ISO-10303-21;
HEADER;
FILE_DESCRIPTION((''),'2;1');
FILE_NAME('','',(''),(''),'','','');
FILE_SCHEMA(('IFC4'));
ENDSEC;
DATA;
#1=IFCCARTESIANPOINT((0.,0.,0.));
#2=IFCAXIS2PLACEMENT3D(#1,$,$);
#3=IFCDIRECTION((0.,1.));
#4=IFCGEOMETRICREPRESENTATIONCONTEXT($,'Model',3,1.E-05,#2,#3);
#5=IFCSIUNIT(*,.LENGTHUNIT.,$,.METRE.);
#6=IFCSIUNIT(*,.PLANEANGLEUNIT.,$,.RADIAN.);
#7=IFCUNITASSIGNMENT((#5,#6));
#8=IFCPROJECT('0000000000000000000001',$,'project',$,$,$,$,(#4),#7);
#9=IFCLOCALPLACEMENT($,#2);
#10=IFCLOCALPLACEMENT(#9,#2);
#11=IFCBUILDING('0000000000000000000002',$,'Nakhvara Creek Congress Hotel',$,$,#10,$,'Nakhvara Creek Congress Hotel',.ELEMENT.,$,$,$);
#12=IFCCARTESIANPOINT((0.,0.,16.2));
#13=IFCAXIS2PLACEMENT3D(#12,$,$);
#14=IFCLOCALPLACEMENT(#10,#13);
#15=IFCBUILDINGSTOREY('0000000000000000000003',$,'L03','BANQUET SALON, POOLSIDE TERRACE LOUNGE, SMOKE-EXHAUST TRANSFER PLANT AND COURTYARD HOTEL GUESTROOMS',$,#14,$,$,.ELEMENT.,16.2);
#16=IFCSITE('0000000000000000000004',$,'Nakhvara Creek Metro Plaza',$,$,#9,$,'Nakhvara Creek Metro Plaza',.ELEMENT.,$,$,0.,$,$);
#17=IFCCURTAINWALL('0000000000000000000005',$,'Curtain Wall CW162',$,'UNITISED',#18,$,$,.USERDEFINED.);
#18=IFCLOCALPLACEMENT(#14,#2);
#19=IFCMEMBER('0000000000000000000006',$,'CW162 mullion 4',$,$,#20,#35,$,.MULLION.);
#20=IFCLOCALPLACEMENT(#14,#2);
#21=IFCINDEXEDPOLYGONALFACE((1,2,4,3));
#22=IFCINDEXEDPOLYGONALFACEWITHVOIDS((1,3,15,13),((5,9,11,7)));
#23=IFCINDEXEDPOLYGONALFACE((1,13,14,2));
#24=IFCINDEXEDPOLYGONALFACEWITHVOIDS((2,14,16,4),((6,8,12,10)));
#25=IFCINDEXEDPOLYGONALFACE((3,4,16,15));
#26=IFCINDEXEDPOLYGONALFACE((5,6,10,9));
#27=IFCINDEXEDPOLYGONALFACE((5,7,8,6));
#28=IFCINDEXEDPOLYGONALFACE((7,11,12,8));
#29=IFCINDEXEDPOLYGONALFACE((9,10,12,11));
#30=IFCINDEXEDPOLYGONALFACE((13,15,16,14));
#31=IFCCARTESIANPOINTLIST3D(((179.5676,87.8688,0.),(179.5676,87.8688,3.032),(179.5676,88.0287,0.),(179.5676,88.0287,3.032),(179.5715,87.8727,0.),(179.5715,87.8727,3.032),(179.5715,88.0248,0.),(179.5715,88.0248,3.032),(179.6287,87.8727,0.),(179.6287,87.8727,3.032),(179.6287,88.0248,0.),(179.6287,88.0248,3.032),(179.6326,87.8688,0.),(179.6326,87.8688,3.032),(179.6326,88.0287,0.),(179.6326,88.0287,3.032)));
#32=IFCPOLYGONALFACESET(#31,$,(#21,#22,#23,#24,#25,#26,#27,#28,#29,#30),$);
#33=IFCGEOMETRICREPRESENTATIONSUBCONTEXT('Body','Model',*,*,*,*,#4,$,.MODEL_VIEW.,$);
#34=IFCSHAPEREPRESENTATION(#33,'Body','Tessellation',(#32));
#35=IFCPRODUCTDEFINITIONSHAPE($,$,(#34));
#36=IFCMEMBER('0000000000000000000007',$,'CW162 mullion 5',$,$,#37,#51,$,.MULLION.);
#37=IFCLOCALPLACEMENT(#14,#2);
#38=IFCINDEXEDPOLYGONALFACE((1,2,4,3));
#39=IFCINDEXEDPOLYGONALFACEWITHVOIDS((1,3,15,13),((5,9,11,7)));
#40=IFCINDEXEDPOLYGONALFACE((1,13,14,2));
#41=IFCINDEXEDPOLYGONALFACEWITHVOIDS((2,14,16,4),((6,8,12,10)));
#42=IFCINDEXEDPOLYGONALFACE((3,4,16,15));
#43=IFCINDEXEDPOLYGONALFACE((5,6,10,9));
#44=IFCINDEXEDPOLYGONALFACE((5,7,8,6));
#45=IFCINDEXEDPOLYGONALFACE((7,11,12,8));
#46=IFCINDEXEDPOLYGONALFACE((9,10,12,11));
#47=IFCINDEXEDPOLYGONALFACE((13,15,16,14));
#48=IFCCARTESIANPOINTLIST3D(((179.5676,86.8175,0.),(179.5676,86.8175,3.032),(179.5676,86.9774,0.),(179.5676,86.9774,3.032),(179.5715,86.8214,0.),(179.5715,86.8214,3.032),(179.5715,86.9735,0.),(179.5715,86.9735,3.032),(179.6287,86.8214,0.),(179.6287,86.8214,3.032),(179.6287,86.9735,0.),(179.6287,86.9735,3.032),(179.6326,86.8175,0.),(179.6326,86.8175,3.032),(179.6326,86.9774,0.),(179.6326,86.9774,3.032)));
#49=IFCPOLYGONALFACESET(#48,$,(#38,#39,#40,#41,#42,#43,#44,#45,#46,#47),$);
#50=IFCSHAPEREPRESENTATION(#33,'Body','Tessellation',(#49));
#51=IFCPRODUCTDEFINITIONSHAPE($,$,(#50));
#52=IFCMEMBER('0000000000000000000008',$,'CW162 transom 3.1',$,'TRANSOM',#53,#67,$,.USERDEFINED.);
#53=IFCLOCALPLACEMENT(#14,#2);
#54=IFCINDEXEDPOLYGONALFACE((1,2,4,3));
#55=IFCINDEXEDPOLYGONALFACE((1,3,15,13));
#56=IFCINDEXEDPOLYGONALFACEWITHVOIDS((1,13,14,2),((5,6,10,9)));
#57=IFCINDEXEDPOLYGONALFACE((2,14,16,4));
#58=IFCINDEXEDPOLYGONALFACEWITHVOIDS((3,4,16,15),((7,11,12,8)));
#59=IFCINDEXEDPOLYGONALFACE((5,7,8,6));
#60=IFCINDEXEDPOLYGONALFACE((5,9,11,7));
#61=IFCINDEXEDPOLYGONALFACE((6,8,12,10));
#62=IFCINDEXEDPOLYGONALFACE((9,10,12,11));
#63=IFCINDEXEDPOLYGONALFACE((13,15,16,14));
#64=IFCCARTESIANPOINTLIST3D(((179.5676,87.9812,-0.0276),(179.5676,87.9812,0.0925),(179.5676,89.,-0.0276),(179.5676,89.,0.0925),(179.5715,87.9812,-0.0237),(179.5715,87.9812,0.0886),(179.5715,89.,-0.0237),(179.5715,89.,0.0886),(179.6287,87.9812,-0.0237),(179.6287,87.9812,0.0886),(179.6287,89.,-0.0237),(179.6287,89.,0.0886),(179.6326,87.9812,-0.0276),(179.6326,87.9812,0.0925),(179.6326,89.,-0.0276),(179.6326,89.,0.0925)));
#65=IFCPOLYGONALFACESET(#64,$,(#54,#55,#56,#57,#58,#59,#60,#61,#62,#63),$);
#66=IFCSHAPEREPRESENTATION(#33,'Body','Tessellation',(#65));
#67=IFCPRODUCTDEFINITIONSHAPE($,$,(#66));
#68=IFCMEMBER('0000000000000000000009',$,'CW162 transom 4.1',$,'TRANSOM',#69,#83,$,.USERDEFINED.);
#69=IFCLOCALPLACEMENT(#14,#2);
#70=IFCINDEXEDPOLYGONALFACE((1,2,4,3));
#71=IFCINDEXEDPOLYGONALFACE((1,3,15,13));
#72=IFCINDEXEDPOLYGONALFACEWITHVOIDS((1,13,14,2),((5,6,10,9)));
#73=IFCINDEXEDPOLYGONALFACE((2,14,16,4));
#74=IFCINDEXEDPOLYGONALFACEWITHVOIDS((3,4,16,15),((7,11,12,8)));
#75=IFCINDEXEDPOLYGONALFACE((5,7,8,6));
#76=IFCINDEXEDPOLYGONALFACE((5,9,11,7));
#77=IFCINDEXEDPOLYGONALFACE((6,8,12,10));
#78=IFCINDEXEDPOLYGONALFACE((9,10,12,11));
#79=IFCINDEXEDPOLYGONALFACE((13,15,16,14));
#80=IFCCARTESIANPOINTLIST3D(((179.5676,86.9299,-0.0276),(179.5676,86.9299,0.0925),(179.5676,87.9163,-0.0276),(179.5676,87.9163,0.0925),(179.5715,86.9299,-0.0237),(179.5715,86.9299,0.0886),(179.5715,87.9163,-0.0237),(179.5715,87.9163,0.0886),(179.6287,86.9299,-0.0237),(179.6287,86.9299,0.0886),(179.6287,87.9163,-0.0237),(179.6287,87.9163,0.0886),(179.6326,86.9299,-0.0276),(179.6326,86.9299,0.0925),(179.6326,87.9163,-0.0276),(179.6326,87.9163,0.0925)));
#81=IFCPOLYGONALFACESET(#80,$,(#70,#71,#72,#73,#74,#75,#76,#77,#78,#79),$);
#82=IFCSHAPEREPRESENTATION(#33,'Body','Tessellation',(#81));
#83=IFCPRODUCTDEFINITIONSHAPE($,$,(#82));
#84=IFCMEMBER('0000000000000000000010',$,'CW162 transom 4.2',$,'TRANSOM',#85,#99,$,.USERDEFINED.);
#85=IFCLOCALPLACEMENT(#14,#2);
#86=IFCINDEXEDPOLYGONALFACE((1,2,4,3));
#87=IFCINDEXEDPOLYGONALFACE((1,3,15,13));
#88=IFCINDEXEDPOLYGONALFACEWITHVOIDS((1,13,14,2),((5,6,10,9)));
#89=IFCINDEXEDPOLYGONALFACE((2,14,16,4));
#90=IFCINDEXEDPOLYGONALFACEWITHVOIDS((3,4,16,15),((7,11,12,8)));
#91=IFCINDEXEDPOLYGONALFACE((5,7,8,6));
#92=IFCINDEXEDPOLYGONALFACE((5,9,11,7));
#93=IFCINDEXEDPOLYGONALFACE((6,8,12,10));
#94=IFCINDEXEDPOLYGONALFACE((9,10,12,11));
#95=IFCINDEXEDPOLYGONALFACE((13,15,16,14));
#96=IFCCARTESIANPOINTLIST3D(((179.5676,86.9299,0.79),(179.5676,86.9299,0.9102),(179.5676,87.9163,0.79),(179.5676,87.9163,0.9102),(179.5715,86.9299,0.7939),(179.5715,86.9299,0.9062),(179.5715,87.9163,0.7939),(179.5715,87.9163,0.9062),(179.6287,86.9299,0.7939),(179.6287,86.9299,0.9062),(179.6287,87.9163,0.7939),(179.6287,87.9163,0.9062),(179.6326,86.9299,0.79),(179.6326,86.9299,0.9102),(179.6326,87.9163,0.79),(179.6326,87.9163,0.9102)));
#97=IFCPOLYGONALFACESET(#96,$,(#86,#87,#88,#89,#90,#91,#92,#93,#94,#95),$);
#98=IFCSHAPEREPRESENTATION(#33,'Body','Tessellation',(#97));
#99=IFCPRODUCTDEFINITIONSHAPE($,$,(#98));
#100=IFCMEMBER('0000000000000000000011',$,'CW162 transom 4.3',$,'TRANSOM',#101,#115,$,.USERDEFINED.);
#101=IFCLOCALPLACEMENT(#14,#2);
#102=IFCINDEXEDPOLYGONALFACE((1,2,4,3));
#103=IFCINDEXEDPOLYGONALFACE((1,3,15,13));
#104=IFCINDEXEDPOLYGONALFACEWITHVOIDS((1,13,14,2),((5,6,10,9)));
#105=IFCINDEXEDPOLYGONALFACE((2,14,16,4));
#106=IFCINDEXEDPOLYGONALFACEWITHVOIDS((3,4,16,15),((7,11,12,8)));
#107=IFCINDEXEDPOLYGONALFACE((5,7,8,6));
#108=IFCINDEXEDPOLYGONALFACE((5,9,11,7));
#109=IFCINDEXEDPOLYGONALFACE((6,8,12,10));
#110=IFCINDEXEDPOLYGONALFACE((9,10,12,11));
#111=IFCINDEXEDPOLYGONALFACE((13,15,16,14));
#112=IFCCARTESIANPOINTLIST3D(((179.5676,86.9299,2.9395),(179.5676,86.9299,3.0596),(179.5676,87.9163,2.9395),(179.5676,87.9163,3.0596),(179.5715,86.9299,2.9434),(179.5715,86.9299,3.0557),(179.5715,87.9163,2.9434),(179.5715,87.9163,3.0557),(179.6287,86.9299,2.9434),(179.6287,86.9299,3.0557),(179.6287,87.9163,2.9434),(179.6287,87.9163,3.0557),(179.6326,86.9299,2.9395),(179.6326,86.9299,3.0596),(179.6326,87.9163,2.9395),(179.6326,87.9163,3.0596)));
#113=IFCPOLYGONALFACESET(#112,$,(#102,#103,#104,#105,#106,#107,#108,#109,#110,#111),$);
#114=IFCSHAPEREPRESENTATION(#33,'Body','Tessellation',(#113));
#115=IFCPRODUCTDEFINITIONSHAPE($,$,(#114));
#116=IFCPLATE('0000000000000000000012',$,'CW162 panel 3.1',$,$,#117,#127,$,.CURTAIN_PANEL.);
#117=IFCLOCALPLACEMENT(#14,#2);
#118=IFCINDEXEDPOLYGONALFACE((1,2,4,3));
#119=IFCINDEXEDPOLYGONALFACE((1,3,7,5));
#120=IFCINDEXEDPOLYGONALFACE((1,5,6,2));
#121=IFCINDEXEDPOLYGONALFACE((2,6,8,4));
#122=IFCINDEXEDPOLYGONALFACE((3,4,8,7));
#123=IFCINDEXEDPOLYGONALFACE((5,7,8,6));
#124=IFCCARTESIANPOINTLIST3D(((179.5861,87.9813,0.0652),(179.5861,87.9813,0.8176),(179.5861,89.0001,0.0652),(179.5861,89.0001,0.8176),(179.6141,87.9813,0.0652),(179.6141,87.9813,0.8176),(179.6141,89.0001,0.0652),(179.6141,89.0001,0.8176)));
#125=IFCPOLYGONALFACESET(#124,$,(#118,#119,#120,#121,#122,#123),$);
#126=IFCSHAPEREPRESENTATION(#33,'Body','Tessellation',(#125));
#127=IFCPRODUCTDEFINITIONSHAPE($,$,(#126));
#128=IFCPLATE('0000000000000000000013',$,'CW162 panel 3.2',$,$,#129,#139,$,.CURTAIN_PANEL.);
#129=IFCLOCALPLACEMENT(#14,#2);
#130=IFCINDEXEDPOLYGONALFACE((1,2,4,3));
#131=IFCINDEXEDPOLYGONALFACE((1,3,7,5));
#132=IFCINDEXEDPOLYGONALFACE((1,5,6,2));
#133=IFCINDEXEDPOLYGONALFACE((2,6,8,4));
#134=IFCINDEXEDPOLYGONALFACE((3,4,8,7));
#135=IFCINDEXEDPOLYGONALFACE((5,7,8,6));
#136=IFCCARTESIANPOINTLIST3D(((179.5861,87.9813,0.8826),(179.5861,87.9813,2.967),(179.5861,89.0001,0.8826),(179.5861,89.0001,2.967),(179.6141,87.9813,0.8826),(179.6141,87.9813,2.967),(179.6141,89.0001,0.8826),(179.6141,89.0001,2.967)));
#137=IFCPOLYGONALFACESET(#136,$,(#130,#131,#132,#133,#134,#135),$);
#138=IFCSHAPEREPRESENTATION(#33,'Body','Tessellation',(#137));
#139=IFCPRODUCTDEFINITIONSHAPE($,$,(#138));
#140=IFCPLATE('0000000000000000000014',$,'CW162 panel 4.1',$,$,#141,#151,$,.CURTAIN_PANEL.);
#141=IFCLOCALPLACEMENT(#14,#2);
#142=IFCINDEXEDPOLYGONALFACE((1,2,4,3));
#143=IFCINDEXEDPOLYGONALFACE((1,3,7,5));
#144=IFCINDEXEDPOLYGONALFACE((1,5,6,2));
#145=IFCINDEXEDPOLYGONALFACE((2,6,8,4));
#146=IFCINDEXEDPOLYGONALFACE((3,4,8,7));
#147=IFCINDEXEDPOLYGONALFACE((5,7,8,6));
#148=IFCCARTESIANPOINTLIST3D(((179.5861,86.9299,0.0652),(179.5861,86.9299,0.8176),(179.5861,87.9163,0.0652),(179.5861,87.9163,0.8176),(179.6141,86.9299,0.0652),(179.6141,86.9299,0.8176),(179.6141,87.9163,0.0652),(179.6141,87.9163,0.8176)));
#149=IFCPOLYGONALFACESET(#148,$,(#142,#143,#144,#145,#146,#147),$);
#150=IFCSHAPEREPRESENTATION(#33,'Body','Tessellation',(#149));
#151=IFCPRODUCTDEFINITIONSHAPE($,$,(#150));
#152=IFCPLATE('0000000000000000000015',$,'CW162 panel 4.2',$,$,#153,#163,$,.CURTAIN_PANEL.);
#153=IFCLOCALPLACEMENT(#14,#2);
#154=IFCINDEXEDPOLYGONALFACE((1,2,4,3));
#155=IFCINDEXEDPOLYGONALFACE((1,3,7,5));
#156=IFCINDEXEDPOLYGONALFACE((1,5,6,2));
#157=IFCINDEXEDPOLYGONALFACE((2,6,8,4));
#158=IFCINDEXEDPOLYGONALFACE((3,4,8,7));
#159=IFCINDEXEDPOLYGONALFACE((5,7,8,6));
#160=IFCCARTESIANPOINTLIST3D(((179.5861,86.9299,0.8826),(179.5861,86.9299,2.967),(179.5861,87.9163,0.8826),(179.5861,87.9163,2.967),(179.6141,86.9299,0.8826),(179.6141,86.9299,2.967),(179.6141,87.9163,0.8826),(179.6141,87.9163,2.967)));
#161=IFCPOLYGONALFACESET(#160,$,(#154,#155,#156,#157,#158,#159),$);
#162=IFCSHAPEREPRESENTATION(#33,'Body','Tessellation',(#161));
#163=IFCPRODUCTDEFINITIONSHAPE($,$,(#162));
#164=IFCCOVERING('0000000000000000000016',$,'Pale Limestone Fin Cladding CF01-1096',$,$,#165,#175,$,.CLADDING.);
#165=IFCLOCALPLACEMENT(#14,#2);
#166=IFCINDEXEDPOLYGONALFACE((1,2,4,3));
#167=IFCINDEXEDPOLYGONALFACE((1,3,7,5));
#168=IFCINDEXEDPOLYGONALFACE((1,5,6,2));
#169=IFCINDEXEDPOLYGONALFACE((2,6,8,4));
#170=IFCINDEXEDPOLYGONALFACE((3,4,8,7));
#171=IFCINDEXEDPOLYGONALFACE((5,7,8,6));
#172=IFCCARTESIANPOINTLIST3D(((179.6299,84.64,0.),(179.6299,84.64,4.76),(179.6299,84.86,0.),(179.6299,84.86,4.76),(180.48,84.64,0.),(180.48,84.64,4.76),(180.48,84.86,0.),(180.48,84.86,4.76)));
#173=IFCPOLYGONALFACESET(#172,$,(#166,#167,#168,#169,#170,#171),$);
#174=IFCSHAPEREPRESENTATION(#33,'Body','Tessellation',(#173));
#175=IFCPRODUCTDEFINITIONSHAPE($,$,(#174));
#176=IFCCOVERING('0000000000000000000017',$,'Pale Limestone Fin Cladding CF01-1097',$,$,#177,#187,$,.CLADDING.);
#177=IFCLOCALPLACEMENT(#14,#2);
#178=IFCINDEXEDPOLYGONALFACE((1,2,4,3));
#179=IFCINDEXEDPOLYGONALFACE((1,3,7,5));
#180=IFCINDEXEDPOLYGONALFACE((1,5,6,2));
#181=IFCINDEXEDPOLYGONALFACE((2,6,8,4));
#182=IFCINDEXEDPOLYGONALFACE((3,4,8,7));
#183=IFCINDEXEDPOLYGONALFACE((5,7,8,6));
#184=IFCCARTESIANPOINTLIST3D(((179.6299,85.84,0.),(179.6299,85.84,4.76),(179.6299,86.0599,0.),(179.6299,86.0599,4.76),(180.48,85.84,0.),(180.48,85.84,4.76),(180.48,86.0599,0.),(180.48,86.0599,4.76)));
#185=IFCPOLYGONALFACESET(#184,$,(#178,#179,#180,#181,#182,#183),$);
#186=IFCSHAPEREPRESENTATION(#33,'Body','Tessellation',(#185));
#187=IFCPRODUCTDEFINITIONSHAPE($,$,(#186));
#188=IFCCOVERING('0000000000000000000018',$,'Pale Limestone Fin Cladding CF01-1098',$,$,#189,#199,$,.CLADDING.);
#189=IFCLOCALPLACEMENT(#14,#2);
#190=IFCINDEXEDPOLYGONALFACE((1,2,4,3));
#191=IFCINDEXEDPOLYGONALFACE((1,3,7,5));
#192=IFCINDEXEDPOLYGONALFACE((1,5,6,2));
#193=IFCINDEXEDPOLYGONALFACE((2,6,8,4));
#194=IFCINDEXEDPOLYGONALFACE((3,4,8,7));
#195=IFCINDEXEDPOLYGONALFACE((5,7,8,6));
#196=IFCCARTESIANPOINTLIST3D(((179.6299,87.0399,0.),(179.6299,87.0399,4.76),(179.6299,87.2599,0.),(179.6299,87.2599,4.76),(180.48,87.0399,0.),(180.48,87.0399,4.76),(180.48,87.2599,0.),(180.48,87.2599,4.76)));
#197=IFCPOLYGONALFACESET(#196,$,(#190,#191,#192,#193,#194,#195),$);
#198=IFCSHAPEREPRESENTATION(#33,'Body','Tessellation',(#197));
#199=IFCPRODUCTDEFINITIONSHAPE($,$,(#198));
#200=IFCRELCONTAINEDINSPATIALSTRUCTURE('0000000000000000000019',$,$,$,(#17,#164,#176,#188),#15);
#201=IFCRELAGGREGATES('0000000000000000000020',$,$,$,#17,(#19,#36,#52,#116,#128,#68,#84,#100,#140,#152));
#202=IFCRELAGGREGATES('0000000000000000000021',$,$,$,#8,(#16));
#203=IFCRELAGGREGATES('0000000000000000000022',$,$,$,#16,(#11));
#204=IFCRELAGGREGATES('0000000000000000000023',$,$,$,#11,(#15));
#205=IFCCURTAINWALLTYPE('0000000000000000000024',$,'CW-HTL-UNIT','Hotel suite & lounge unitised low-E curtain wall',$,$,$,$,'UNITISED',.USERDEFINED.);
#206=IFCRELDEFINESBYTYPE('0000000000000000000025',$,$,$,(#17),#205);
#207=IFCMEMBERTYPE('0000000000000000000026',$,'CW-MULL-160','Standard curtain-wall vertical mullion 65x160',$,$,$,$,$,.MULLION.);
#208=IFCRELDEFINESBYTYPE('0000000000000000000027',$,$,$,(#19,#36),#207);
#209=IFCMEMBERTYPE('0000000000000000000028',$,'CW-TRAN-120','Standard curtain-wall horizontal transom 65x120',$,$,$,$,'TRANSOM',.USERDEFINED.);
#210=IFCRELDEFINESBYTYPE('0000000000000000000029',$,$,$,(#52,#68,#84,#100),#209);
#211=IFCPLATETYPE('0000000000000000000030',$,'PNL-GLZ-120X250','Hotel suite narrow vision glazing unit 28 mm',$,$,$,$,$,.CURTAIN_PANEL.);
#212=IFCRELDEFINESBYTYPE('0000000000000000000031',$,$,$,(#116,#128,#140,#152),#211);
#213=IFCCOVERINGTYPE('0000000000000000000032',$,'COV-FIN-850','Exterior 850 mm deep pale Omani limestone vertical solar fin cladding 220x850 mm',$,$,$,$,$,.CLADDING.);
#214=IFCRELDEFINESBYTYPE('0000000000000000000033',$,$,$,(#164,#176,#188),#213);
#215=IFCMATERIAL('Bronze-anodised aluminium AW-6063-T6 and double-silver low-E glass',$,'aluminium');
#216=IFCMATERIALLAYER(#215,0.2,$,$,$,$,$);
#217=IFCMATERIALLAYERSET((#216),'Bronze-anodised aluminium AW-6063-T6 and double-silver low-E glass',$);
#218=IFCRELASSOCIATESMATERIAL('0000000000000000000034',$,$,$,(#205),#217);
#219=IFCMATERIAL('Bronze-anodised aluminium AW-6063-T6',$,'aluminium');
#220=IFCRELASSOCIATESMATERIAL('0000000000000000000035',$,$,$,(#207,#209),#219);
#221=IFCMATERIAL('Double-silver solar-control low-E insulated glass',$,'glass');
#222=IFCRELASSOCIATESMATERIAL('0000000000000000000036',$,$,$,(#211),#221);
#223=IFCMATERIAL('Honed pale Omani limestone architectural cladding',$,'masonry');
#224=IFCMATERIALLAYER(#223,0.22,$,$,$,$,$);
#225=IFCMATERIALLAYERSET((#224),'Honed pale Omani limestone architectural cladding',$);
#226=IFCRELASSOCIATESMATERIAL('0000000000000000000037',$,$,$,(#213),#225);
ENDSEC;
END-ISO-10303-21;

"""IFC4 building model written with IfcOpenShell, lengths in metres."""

from ifc_helpers import new_model, si_unit, direction, frame, origin, origin_2d, place, context, subcontext, project, spatial, rectangle, hollow_rectangle, extrude, material, layer, layer_set, material_profile, profile_set, type_object, element, aggregate, save


model = new_model("IFC4")

# Units and contexts
model_context = context("Model", 3, precision=1e-05, world=origin(), true_north=direction((0.0, 1.0)))
body_context = subcontext(model_context, "Body", "Model", "MODEL_VIEW")
ifc_project = project(units=[si_unit("LENGTHUNIT", "METRE"), si_unit("PLANEANGLEUNIT", "RADIAN")], contexts=[model_context])

# Site, building, storey
site_placement = place(None, origin())
site = spatial("IfcSite", under=ifc_project, at=site_placement, Name="Nakhvara Creek Metro Plaza", LongName="Nakhvara Creek Metro Plaza", CompositionType="ELEMENT", RefElevation=0.0)
building_placement = place(site_placement, origin())
building = spatial("IfcBuilding", under=site, at=building_placement, Name="Nakhvara Creek Congress Hotel", LongName="Nakhvara Creek Congress Hotel", CompositionType="ELEMENT")
storey_placement = place(building_placement, frame((0.0, 0.0, 16.2)))
storey = spatial("IfcBuildingStorey", under=building, at=storey_placement, Name="L03", Description="BANQUET SALON, POOLSIDE TERRACE LOUNGE, SMOKE-EXHAUST TRANSFER PLANT AND COURTYARD HOTEL GUESTROOMS", CompositionType="ELEMENT", Elevation=16.2)

# Curtain wall, members, plates
ifc_material_1 = material(Name="Bronze-anodised aluminium AW-6063-T6 and double-silver low-E glass", Category="aluminium")
ifc_layer_1 = layer(ifc_material_1, 0.2)
ifc_layer_set_1 = layer_set([ifc_layer_1], Name="Bronze-anodised aluminium AW-6063-T6 and double-silver low-E glass")
curtain_wall_type = type_object("IfcCurtainWallType", Name="CW-HTL-UNIT", Description="Hotel suite & lounge unitised low-E curtain wall", ElementType="UNITISED", PredefinedType="USERDEFINED", material=ifc_layer_set_1)
curtain_wall_placement = place(storey_placement, origin())
curtain_wall = element("IfcCurtainWall", 1, at=curtain_wall_placement, inside=storey, type_object=curtain_wall_type, Name="Curtain Wall CW162", ObjectType="UNITISED", PredefinedType="USERDEFINED")
ifc_material_2 = material(Name="Bronze-anodised aluminium AW-6063-T6", Category="aluminium")
ifc_material_profile_1 = material_profile(ifc_material_2, hollow_rectangle(XDim=0.0649, YDim=0.1599, WallThickness=0.0039, at=origin_2d()), Name="ALU-MULL 65x160x4", Category="LoadBearing")
ifc_profile_set_1 = profile_set([ifc_material_profile_1], Name="Bronze-anodised aluminium AW-6063-T6")
member_type_1 = type_object("IfcMemberType", Name="CW-MULL-160", Description="Standard curtain-wall vertical mullion 65x160", PredefinedType="MULLION", material=ifc_profile_set_1)
member_1_placement = place(storey_placement, frame((179.6001, 87.9487, 0.0), z_axis=(0.0, 0.0, 1.0), x_axis=(1.0, 0.0, 0.0)))
member_1 = element("IfcMember", 2, at=member_1_placement, type_object=member_type_1, Name="CW162 mullion 4", PredefinedType="MULLION", context=body_context, shape_type="SweptSolid", body=[
    extrude(hollow_rectangle(XDim=0.0649, YDim=0.1599, WallThickness=0.0039, at=origin_2d()), origin(), (0.0, 0.0, 1.0), 3.032),
])
member_2_placement = place(storey_placement, frame((179.6001, 86.8975, 0.0), z_axis=(0.0, 0.0, 1.0), x_axis=(1.0, 0.0, 0.0)))
member_2 = element("IfcMember", 3, at=member_2_placement, type_object=member_type_1, Name="CW162 mullion 5", PredefinedType="MULLION", context=body_context, shape_type="SweptSolid", body=[
    extrude(hollow_rectangle(XDim=0.0649, YDim=0.1599, WallThickness=0.0039, at=origin_2d()), origin(), (0.0, 0.0, 1.0), 3.032),
])
ifc_material_profile_2 = material_profile(ifc_material_2, hollow_rectangle(XDim=0.0649, YDim=0.1201, WallThickness=0.0039, at=origin_2d()), Name="ALU-TRAN 65x120x4", Category="LoadBearing")
ifc_profile_set_2 = profile_set([ifc_material_profile_2], Name="Bronze-anodised aluminium AW-6063-T6")
member_type_2 = type_object("IfcMemberType", Name="CW-TRAN-120", Description="Standard curtain-wall horizontal transom 65x120", ElementType="TRANSOM", PredefinedType="USERDEFINED", material=ifc_profile_set_2)
member_3_placement = place(storey_placement, frame((179.6001, 89.0, 0.0325), z_axis=(0.0, -1.0, 0.0), x_axis=(1.0, 0.0, 0.0)))
member_3 = element("IfcMember", 4, at=member_3_placement, type_object=member_type_2, Name="CW162 transom 3.1", ObjectType="TRANSOM", PredefinedType="USERDEFINED", context=body_context, shape_type="SweptSolid", body=[
    extrude(hollow_rectangle(XDim=0.0649, YDim=0.1201, WallThickness=0.0039, at=origin_2d()), origin(), (0.0, 0.0, 1.0), 1.0188),
])
member_4_placement = place(storey_placement, frame((179.6001, 87.9163, 0.0325), z_axis=(0.0, -1.0, 0.0), x_axis=(1.0, 0.0, 0.0)))
member_4 = element("IfcMember", 5, at=member_4_placement, type_object=member_type_2, Name="CW162 transom 4.1", ObjectType="TRANSOM", PredefinedType="USERDEFINED", context=body_context, shape_type="SweptSolid", body=[
    extrude(hollow_rectangle(XDim=0.0649, YDim=0.1201, WallThickness=0.0039, at=origin_2d()), origin(), (0.0, 0.0, 1.0), 0.9863),
])
member_5_placement = place(storey_placement, frame((179.6001, 87.9163, 0.8501), z_axis=(0.0, -1.0, 0.0), x_axis=(1.0, 0.0, 0.0)))
member_5 = element("IfcMember", 6, at=member_5_placement, type_object=member_type_2, Name="CW162 transom 4.2", ObjectType="TRANSOM", PredefinedType="USERDEFINED", context=body_context, shape_type="SweptSolid", body=[
    extrude(hollow_rectangle(XDim=0.0649, YDim=0.1201, WallThickness=0.0039, at=origin_2d()), origin(), (0.0, 0.0, 1.0), 0.9863),
])
member_6_placement = place(storey_placement, frame((179.6001, 87.9163, 2.9995), z_axis=(0.0, -1.0, 0.0), x_axis=(1.0, 0.0, 0.0)))
member_6 = element("IfcMember", 7, at=member_6_placement, type_object=member_type_2, Name="CW162 transom 4.3", ObjectType="TRANSOM", PredefinedType="USERDEFINED", context=body_context, shape_type="SweptSolid", body=[
    extrude(hollow_rectangle(XDim=0.0649, YDim=0.1201, WallThickness=0.0039, at=origin_2d()), origin(), (0.0, 0.0, 1.0), 0.9863),
])
ifc_material_3 = material(Name="Double-silver solar-control low-E insulated glass", Category="glass")
plate_type = type_object("IfcPlateType", Name="PNL-GLZ-120X250", Description="Hotel suite narrow vision glazing unit 28 mm", PredefinedType="CURTAIN_PANEL", material=ifc_material_3)
plate_1_placement = place(storey_placement, frame((179.6001, 88.4907, 0.0652), z_axis=(0.0, 0.0, 1.0), x_axis=(0.0, -1.0, 0.0)))
plate_1 = element("IfcPlate", 8, at=plate_1_placement, type_object=plate_type, Name="CW162 panel 3.1", PredefinedType="CURTAIN_PANEL", context=body_context, shape_type="SweptSolid", body=[
    extrude(rectangle(XDim=1.0188, YDim=0.0281, at=origin_2d()), origin(), (0.0, 0.0, 1.0), 0.7524),
])
plate_2_placement = place(storey_placement, frame((179.6001, 88.4907, 0.8826), z_axis=(0.0, 0.0, 1.0), x_axis=(0.0, -1.0, 0.0)))
plate_2 = element("IfcPlate", 9, at=plate_2_placement, type_object=plate_type, Name="CW162 panel 3.2", PredefinedType="CURTAIN_PANEL", context=body_context, shape_type="SweptSolid", body=[
    extrude(rectangle(XDim=1.0188, YDim=0.0281, at=origin_2d()), origin(), (0.0, 0.0, 1.0), 2.0845),
])
plate_3_placement = place(storey_placement, frame((179.6001, 87.4231, 0.0652), z_axis=(0.0, 0.0, 1.0), x_axis=(0.0, -1.0, 0.0)))
plate_3 = element("IfcPlate", 10, at=plate_3_placement, type_object=plate_type, Name="CW162 panel 4.1", PredefinedType="CURTAIN_PANEL", context=body_context, shape_type="SweptSolid", body=[
    extrude(rectangle(XDim=0.9863, YDim=0.0281, at=origin_2d()), origin(), (0.0, 0.0, 1.0), 0.7524),
])
plate_4_placement = place(storey_placement, frame((179.6001, 87.4231, 0.8826), z_axis=(0.0, 0.0, 1.0), x_axis=(0.0, -1.0, 0.0)))
plate_4 = element("IfcPlate", 11, at=plate_4_placement, type_object=plate_type, Name="CW162 panel 4.2", PredefinedType="CURTAIN_PANEL", context=body_context, shape_type="SweptSolid", body=[
    extrude(rectangle(XDim=0.9863, YDim=0.0281, at=origin_2d()), origin(), (0.0, 0.0, 1.0), 2.0845),
])
aggregate(curtain_wall, [member_1, member_2, member_3, plate_1, plate_2, member_4, member_5, member_6, plate_3, plate_4])

# Coverings
ifc_material_4 = material(Name="Honed pale Omani limestone architectural cladding", Category="masonry")
ifc_layer_2 = layer(ifc_material_4, 0.22)
ifc_layer_set_2 = layer_set([ifc_layer_2], Name="Honed pale Omani limestone architectural cladding")
covering_type = type_object("IfcCoveringType", Name="COV-FIN-850", Description="Exterior 850 mm deep pale Omani limestone vertical solar fin cladding 220x850 mm", PredefinedType="CLADDING", material=ifc_layer_set_2)
for number, where, z_axis, x_axis, name in (
    (12, (180.0549, 84.75, 0.0), (0.0, 0.0, 1.0), (0.0, 1.0, 0.0), "Pale Limestone Fin Cladding CF01-1096"),
    (13, (180.0549, 85.95, 0.0), (0.0, 0.0, 1.0), (0.0, 1.0, 0.0), "Pale Limestone Fin Cladding CF01-1097"),
    (14, (180.0549, 87.1499, 0.0), (0.0, 0.0, 1.0), (0.0, 1.0, 0.0), "Pale Limestone Fin Cladding CF01-1098"),
):
    element("IfcCovering", number, at=place(storey_placement, frame(where, z_axis=z_axis, x_axis=x_axis)), inside=storey, type_object=covering_type, Name=name, PredefinedType="CLADDING", context=body_context, shape_type="SweptSolid", body=[
        extrude(rectangle(XDim=0.22, YDim=0.8501, at=origin_2d()), origin(), (0.0, 0.0, 1.0), 4.76),
    ])

save(model, "model.ifc")
